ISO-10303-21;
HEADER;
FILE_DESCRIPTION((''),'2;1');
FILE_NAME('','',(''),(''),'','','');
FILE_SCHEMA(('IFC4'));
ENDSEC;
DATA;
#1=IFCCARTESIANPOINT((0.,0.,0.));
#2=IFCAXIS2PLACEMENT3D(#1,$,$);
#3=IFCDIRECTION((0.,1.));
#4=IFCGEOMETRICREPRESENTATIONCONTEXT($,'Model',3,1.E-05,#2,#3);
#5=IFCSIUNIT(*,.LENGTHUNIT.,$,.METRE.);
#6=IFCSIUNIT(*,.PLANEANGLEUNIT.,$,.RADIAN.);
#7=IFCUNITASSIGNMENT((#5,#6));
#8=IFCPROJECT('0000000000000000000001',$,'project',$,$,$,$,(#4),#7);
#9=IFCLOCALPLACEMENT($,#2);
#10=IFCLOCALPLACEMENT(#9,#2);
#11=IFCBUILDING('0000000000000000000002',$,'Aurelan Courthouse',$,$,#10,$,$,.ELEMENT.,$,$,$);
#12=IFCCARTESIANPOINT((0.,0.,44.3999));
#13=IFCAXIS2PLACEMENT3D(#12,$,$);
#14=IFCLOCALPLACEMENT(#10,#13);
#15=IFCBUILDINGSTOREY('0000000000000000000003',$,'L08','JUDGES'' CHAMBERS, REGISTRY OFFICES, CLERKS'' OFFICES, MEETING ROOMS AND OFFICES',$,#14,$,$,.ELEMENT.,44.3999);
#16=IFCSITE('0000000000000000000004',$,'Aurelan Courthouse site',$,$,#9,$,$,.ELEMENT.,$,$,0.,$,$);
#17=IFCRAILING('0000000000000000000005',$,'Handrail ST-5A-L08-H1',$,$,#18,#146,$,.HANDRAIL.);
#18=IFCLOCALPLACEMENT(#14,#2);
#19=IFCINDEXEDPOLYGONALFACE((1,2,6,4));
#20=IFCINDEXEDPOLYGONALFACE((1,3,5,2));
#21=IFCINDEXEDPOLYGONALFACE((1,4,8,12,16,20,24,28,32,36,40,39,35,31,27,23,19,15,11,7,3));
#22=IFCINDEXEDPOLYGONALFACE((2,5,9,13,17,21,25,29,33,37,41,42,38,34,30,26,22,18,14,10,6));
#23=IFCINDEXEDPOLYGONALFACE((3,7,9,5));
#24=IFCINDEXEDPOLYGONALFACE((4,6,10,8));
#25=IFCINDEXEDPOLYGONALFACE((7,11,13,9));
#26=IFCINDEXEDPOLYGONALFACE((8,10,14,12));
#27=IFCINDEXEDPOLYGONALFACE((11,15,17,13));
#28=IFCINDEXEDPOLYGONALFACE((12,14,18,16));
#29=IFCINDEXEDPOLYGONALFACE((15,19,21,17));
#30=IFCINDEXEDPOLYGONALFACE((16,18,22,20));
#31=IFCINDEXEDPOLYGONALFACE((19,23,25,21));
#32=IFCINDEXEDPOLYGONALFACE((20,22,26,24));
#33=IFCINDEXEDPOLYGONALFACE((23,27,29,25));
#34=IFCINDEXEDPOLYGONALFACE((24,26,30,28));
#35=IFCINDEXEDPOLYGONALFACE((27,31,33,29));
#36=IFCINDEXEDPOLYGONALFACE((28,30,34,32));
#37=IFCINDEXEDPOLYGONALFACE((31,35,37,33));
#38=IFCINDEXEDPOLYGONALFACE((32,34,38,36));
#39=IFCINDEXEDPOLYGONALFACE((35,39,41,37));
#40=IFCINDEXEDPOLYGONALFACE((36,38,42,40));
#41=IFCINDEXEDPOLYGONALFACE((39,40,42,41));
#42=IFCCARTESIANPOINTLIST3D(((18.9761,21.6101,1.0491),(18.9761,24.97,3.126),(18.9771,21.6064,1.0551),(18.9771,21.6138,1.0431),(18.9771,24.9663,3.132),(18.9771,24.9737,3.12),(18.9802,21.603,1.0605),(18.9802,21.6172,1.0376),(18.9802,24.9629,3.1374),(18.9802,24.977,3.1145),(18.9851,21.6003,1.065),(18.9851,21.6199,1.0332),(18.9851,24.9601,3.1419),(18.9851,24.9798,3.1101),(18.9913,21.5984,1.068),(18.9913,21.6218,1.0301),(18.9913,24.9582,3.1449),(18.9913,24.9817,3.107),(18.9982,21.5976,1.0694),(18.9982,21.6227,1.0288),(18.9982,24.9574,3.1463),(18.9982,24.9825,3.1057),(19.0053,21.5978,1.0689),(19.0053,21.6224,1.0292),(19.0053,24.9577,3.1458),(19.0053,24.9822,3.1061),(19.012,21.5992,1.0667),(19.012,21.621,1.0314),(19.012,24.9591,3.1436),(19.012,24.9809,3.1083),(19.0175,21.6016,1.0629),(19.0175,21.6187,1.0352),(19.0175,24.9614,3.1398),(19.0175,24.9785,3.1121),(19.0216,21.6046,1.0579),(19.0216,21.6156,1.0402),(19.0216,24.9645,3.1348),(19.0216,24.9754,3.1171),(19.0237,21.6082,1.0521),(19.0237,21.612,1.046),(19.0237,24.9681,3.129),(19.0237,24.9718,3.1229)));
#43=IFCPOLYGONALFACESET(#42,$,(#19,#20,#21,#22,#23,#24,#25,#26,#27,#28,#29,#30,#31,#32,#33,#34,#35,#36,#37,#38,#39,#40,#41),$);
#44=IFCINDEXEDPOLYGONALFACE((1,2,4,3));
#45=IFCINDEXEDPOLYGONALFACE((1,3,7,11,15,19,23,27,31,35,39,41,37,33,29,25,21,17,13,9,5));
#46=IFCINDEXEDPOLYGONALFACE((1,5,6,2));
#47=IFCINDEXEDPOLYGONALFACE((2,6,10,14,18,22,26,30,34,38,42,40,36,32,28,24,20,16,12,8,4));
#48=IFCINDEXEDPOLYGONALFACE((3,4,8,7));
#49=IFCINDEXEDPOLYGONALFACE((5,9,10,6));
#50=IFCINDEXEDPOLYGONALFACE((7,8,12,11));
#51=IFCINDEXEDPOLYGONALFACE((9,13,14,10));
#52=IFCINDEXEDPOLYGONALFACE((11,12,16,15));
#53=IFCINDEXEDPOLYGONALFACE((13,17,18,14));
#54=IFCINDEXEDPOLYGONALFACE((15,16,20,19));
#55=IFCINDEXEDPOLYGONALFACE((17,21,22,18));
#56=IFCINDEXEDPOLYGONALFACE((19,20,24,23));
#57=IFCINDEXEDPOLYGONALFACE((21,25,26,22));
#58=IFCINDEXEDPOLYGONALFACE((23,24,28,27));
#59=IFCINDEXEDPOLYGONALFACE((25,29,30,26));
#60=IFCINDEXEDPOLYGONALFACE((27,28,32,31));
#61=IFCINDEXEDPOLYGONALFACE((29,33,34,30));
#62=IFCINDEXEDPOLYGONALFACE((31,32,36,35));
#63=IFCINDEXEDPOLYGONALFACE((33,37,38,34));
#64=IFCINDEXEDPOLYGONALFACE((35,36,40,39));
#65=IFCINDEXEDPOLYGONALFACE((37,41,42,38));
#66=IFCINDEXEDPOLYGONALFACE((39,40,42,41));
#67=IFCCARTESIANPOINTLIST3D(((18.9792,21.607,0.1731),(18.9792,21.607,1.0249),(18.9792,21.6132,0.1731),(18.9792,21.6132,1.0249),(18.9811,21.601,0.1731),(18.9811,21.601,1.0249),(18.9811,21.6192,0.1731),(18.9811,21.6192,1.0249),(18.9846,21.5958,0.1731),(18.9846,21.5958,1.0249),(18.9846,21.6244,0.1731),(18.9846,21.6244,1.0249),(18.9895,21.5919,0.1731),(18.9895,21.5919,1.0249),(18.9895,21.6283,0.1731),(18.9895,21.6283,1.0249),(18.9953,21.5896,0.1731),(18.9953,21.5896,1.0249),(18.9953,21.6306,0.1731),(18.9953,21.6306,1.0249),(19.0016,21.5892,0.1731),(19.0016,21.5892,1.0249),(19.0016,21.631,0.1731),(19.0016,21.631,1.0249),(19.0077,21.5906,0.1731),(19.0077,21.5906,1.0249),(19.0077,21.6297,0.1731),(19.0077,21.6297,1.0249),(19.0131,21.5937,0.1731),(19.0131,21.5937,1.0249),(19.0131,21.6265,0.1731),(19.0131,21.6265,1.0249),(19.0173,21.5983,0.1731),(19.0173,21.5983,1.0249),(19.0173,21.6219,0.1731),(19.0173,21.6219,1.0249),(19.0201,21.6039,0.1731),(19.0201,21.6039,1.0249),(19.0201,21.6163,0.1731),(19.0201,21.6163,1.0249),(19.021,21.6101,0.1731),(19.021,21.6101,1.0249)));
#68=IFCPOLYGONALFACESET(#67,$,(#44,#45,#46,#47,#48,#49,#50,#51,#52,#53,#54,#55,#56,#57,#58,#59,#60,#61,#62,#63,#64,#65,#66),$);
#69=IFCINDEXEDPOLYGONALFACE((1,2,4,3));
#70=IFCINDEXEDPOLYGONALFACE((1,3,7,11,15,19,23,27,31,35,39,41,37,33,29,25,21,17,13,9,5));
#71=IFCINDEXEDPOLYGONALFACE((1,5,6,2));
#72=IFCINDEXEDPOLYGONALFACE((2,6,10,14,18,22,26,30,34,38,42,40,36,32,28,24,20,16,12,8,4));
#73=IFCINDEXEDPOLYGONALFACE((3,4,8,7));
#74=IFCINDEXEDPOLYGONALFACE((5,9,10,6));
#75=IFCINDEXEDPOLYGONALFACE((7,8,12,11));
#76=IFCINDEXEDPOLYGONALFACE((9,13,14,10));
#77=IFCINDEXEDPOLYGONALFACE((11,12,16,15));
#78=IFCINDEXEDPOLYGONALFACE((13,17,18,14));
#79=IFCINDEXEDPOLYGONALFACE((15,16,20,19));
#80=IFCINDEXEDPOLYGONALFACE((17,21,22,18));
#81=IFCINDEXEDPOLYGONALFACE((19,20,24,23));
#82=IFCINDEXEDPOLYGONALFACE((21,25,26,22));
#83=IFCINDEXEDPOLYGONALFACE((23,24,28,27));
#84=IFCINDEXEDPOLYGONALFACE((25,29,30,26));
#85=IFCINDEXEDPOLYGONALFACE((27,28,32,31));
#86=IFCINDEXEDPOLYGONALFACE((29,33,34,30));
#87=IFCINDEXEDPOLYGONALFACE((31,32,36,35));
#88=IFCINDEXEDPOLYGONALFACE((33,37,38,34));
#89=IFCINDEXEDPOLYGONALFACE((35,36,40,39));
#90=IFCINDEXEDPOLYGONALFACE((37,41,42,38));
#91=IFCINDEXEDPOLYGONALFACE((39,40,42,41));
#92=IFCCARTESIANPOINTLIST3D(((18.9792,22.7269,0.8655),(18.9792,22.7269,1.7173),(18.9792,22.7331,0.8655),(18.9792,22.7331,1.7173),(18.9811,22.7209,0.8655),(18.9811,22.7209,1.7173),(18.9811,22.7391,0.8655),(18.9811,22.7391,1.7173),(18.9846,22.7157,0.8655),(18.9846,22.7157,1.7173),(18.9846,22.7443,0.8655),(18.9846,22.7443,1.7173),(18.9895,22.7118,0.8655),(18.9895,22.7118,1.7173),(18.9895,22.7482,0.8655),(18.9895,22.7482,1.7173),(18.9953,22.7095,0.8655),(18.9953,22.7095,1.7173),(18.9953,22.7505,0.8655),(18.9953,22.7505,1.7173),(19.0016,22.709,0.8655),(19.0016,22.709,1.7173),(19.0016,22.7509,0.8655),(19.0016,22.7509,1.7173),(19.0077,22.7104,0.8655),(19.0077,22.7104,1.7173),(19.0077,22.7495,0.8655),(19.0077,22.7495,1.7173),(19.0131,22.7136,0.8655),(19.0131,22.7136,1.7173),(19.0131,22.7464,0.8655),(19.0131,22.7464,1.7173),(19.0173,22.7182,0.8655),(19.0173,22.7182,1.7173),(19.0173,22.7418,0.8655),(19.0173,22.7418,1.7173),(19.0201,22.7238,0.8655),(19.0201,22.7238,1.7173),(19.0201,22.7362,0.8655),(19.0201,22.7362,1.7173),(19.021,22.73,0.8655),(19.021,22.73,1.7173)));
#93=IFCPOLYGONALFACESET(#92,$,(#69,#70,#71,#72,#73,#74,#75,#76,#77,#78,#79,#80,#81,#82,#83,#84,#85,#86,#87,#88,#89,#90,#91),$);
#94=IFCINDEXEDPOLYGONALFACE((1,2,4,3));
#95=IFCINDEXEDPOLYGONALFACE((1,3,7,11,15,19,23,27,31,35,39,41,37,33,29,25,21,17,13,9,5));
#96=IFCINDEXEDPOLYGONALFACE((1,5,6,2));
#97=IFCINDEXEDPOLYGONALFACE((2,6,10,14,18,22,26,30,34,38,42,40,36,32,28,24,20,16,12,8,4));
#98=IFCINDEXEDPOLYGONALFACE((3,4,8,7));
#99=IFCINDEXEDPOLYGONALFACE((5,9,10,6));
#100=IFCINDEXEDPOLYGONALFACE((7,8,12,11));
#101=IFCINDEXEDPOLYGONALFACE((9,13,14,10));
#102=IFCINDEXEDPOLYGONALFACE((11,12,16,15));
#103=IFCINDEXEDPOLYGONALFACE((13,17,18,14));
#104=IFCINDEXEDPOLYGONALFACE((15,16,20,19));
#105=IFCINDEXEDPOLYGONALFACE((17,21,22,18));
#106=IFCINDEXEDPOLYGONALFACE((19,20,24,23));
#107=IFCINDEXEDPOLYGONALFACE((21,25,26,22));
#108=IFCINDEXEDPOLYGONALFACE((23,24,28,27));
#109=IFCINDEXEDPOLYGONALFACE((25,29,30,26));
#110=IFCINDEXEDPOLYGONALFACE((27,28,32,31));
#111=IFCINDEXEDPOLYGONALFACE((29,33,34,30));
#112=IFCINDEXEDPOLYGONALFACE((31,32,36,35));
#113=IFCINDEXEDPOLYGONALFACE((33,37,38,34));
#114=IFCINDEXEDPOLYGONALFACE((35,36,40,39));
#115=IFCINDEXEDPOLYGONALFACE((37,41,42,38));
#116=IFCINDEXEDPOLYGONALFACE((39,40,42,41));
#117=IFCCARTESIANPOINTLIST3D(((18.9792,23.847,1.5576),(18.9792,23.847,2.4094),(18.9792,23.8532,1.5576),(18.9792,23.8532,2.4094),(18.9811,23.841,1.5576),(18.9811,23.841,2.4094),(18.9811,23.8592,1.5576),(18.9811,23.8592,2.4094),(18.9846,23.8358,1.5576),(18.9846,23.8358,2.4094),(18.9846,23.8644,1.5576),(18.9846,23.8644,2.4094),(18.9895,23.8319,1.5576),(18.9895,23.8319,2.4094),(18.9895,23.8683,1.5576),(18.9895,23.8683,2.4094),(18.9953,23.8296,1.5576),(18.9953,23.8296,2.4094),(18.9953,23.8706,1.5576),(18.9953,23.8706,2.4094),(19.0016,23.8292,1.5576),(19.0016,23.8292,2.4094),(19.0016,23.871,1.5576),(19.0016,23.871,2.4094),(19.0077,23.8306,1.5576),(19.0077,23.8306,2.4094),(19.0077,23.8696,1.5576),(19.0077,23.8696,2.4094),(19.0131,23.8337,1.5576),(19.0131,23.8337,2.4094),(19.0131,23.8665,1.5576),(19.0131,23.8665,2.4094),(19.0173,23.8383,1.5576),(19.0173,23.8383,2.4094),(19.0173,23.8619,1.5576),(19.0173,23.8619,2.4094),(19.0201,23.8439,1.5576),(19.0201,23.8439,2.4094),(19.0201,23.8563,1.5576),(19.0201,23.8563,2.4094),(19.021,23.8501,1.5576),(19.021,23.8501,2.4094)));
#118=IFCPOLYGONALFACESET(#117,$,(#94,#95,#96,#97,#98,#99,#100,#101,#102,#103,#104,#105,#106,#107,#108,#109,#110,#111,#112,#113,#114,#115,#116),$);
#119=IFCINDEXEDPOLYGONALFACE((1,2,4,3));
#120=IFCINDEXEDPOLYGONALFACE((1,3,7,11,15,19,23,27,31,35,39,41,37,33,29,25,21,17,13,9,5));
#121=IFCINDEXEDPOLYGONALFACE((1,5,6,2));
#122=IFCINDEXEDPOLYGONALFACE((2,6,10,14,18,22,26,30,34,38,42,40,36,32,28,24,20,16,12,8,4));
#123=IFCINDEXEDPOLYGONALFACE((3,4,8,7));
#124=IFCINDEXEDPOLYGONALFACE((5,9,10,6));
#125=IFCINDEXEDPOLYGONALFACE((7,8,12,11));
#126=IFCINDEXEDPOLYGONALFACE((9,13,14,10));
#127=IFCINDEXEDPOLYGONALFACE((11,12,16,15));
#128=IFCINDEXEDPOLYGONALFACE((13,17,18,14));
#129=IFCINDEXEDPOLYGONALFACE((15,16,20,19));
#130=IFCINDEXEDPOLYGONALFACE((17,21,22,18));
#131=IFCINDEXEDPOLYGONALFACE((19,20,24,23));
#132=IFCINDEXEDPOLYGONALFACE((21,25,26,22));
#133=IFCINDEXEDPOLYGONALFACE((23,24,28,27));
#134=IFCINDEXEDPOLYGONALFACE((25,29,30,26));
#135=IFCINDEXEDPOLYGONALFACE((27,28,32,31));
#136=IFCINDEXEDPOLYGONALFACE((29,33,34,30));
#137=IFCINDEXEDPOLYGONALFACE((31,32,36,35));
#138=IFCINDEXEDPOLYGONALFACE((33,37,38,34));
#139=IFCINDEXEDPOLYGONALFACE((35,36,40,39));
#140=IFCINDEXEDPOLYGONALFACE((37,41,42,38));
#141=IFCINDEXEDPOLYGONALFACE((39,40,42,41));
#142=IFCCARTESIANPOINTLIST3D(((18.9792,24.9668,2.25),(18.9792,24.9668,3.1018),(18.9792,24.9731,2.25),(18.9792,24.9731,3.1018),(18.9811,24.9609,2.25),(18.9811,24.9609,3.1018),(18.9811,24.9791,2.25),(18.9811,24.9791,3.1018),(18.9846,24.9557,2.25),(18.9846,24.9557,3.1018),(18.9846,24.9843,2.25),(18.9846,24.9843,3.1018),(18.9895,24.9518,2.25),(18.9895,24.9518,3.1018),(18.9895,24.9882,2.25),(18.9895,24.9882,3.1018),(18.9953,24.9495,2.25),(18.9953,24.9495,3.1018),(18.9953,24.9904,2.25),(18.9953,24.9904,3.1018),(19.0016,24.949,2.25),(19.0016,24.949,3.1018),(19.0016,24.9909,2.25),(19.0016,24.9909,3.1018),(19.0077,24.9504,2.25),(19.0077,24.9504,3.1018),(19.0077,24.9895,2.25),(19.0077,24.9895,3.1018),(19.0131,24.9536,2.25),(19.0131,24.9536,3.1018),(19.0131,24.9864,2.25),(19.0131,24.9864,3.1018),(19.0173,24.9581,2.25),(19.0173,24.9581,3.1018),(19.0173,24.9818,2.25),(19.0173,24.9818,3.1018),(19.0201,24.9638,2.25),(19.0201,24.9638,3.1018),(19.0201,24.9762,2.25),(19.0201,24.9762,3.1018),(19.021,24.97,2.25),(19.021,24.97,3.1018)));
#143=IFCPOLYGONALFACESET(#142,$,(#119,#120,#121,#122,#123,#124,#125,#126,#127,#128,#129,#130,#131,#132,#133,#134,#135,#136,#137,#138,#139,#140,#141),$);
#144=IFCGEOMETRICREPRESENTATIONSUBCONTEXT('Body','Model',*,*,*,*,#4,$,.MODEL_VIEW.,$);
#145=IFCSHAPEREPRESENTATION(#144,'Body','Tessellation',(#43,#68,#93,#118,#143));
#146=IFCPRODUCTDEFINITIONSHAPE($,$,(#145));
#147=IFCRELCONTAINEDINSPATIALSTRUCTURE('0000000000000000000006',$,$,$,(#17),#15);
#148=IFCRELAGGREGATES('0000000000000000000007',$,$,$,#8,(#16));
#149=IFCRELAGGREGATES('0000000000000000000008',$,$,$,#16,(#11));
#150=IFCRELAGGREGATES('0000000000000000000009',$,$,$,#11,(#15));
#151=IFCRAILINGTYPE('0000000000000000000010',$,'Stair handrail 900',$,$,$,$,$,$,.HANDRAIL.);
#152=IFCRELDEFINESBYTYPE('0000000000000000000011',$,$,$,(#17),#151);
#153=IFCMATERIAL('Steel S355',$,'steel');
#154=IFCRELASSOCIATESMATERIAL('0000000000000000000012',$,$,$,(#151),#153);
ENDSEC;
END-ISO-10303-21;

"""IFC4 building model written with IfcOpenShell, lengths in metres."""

from ifc_helpers import new_model, si_unit, direction, frame, origin, origin_2d, place, context, subcontext, project, spatial, circle, extrude, material, type_object, element, save


model = new_model("IFC4")

# Units and contexts
model_context = context("Model", 3, precision=1e-05, world=origin(), true_north=direction((0.0, 1.0)))
body_context = subcontext(model_context, "Body", "Model", "MODEL_VIEW")
ifc_project = project(units=[si_unit("LENGTHUNIT", "METRE"), si_unit("PLANEANGLEUNIT", "RADIAN")], contexts=[model_context])

# Site, building, storey
site_placement = place(None, origin())
site = spatial("IfcSite", under=ifc_project, at=site_placement, Name="Aurelan Courthouse site", CompositionType="ELEMENT", RefElevation=0.0)
building_placement = place(site_placement, origin())
building = spatial("IfcBuilding", under=site, at=building_placement, Name="Aurelan Courthouse", CompositionType="ELEMENT")
storey_placement = place(building_placement, frame((0.0, 0.0, 44.3999)))
storey = spatial("IfcBuildingStorey", under=building, at=storey_placement, Name="L08", Description="JUDGES' CHAMBERS, REGISTRY OFFICES, CLERKS' OFFICES, MEETING ROOMS AND OFFICES", CompositionType="ELEMENT", Elevation=44.3999)

# Railing
ifc_material_1 = material(Name="Steel S355", Category="steel")
railing_type = type_object("IfcRailingType", Name="Stair handrail 900", PredefinedType="HANDRAIL", material=ifc_material_1)
for number, where, name in (
    (1, (19.0, 21.6101, 0.1731), "Handrail ST-5A-L08-H1"),
):
    element("IfcRailing", number, at=place(storey_placement, frame(where)), inside=storey, type_object=railing_type, Name=name, PredefinedType="HANDRAIL", context=body_context, shape_type="SweptSolid", body=[
        extrude(circle(Radius=0.0239, at=origin_2d()), frame((0.0, 0.0, 0.876), z_axis=(0.0, 0.850606, 0.525803), x_axis=(-1.0, 0.0, 0.0)), (0.0, 0.0, 1.0), 3.95),
        extrude(circle(Radius=0.021, at=origin_2d()), origin(), (0.0, 0.0, 1.0), 0.8518),
        extrude(circle(Radius=0.021, at=origin_2d()), frame((0.0, 1.1199, 0.6924)), (0.0, 0.0, 1.0), 0.8518),
        extrude(circle(Radius=0.021, at=origin_2d()), frame((0.0, 2.24, 1.3845)), (0.0, 0.0, 1.0), 0.8518),
        extrude(circle(Radius=0.021, at=origin_2d()), frame((0.0, 3.3599, 2.0769)), (0.0, 0.0, 1.0), 0.8518),
    ])

save(model, "model.ifc")
